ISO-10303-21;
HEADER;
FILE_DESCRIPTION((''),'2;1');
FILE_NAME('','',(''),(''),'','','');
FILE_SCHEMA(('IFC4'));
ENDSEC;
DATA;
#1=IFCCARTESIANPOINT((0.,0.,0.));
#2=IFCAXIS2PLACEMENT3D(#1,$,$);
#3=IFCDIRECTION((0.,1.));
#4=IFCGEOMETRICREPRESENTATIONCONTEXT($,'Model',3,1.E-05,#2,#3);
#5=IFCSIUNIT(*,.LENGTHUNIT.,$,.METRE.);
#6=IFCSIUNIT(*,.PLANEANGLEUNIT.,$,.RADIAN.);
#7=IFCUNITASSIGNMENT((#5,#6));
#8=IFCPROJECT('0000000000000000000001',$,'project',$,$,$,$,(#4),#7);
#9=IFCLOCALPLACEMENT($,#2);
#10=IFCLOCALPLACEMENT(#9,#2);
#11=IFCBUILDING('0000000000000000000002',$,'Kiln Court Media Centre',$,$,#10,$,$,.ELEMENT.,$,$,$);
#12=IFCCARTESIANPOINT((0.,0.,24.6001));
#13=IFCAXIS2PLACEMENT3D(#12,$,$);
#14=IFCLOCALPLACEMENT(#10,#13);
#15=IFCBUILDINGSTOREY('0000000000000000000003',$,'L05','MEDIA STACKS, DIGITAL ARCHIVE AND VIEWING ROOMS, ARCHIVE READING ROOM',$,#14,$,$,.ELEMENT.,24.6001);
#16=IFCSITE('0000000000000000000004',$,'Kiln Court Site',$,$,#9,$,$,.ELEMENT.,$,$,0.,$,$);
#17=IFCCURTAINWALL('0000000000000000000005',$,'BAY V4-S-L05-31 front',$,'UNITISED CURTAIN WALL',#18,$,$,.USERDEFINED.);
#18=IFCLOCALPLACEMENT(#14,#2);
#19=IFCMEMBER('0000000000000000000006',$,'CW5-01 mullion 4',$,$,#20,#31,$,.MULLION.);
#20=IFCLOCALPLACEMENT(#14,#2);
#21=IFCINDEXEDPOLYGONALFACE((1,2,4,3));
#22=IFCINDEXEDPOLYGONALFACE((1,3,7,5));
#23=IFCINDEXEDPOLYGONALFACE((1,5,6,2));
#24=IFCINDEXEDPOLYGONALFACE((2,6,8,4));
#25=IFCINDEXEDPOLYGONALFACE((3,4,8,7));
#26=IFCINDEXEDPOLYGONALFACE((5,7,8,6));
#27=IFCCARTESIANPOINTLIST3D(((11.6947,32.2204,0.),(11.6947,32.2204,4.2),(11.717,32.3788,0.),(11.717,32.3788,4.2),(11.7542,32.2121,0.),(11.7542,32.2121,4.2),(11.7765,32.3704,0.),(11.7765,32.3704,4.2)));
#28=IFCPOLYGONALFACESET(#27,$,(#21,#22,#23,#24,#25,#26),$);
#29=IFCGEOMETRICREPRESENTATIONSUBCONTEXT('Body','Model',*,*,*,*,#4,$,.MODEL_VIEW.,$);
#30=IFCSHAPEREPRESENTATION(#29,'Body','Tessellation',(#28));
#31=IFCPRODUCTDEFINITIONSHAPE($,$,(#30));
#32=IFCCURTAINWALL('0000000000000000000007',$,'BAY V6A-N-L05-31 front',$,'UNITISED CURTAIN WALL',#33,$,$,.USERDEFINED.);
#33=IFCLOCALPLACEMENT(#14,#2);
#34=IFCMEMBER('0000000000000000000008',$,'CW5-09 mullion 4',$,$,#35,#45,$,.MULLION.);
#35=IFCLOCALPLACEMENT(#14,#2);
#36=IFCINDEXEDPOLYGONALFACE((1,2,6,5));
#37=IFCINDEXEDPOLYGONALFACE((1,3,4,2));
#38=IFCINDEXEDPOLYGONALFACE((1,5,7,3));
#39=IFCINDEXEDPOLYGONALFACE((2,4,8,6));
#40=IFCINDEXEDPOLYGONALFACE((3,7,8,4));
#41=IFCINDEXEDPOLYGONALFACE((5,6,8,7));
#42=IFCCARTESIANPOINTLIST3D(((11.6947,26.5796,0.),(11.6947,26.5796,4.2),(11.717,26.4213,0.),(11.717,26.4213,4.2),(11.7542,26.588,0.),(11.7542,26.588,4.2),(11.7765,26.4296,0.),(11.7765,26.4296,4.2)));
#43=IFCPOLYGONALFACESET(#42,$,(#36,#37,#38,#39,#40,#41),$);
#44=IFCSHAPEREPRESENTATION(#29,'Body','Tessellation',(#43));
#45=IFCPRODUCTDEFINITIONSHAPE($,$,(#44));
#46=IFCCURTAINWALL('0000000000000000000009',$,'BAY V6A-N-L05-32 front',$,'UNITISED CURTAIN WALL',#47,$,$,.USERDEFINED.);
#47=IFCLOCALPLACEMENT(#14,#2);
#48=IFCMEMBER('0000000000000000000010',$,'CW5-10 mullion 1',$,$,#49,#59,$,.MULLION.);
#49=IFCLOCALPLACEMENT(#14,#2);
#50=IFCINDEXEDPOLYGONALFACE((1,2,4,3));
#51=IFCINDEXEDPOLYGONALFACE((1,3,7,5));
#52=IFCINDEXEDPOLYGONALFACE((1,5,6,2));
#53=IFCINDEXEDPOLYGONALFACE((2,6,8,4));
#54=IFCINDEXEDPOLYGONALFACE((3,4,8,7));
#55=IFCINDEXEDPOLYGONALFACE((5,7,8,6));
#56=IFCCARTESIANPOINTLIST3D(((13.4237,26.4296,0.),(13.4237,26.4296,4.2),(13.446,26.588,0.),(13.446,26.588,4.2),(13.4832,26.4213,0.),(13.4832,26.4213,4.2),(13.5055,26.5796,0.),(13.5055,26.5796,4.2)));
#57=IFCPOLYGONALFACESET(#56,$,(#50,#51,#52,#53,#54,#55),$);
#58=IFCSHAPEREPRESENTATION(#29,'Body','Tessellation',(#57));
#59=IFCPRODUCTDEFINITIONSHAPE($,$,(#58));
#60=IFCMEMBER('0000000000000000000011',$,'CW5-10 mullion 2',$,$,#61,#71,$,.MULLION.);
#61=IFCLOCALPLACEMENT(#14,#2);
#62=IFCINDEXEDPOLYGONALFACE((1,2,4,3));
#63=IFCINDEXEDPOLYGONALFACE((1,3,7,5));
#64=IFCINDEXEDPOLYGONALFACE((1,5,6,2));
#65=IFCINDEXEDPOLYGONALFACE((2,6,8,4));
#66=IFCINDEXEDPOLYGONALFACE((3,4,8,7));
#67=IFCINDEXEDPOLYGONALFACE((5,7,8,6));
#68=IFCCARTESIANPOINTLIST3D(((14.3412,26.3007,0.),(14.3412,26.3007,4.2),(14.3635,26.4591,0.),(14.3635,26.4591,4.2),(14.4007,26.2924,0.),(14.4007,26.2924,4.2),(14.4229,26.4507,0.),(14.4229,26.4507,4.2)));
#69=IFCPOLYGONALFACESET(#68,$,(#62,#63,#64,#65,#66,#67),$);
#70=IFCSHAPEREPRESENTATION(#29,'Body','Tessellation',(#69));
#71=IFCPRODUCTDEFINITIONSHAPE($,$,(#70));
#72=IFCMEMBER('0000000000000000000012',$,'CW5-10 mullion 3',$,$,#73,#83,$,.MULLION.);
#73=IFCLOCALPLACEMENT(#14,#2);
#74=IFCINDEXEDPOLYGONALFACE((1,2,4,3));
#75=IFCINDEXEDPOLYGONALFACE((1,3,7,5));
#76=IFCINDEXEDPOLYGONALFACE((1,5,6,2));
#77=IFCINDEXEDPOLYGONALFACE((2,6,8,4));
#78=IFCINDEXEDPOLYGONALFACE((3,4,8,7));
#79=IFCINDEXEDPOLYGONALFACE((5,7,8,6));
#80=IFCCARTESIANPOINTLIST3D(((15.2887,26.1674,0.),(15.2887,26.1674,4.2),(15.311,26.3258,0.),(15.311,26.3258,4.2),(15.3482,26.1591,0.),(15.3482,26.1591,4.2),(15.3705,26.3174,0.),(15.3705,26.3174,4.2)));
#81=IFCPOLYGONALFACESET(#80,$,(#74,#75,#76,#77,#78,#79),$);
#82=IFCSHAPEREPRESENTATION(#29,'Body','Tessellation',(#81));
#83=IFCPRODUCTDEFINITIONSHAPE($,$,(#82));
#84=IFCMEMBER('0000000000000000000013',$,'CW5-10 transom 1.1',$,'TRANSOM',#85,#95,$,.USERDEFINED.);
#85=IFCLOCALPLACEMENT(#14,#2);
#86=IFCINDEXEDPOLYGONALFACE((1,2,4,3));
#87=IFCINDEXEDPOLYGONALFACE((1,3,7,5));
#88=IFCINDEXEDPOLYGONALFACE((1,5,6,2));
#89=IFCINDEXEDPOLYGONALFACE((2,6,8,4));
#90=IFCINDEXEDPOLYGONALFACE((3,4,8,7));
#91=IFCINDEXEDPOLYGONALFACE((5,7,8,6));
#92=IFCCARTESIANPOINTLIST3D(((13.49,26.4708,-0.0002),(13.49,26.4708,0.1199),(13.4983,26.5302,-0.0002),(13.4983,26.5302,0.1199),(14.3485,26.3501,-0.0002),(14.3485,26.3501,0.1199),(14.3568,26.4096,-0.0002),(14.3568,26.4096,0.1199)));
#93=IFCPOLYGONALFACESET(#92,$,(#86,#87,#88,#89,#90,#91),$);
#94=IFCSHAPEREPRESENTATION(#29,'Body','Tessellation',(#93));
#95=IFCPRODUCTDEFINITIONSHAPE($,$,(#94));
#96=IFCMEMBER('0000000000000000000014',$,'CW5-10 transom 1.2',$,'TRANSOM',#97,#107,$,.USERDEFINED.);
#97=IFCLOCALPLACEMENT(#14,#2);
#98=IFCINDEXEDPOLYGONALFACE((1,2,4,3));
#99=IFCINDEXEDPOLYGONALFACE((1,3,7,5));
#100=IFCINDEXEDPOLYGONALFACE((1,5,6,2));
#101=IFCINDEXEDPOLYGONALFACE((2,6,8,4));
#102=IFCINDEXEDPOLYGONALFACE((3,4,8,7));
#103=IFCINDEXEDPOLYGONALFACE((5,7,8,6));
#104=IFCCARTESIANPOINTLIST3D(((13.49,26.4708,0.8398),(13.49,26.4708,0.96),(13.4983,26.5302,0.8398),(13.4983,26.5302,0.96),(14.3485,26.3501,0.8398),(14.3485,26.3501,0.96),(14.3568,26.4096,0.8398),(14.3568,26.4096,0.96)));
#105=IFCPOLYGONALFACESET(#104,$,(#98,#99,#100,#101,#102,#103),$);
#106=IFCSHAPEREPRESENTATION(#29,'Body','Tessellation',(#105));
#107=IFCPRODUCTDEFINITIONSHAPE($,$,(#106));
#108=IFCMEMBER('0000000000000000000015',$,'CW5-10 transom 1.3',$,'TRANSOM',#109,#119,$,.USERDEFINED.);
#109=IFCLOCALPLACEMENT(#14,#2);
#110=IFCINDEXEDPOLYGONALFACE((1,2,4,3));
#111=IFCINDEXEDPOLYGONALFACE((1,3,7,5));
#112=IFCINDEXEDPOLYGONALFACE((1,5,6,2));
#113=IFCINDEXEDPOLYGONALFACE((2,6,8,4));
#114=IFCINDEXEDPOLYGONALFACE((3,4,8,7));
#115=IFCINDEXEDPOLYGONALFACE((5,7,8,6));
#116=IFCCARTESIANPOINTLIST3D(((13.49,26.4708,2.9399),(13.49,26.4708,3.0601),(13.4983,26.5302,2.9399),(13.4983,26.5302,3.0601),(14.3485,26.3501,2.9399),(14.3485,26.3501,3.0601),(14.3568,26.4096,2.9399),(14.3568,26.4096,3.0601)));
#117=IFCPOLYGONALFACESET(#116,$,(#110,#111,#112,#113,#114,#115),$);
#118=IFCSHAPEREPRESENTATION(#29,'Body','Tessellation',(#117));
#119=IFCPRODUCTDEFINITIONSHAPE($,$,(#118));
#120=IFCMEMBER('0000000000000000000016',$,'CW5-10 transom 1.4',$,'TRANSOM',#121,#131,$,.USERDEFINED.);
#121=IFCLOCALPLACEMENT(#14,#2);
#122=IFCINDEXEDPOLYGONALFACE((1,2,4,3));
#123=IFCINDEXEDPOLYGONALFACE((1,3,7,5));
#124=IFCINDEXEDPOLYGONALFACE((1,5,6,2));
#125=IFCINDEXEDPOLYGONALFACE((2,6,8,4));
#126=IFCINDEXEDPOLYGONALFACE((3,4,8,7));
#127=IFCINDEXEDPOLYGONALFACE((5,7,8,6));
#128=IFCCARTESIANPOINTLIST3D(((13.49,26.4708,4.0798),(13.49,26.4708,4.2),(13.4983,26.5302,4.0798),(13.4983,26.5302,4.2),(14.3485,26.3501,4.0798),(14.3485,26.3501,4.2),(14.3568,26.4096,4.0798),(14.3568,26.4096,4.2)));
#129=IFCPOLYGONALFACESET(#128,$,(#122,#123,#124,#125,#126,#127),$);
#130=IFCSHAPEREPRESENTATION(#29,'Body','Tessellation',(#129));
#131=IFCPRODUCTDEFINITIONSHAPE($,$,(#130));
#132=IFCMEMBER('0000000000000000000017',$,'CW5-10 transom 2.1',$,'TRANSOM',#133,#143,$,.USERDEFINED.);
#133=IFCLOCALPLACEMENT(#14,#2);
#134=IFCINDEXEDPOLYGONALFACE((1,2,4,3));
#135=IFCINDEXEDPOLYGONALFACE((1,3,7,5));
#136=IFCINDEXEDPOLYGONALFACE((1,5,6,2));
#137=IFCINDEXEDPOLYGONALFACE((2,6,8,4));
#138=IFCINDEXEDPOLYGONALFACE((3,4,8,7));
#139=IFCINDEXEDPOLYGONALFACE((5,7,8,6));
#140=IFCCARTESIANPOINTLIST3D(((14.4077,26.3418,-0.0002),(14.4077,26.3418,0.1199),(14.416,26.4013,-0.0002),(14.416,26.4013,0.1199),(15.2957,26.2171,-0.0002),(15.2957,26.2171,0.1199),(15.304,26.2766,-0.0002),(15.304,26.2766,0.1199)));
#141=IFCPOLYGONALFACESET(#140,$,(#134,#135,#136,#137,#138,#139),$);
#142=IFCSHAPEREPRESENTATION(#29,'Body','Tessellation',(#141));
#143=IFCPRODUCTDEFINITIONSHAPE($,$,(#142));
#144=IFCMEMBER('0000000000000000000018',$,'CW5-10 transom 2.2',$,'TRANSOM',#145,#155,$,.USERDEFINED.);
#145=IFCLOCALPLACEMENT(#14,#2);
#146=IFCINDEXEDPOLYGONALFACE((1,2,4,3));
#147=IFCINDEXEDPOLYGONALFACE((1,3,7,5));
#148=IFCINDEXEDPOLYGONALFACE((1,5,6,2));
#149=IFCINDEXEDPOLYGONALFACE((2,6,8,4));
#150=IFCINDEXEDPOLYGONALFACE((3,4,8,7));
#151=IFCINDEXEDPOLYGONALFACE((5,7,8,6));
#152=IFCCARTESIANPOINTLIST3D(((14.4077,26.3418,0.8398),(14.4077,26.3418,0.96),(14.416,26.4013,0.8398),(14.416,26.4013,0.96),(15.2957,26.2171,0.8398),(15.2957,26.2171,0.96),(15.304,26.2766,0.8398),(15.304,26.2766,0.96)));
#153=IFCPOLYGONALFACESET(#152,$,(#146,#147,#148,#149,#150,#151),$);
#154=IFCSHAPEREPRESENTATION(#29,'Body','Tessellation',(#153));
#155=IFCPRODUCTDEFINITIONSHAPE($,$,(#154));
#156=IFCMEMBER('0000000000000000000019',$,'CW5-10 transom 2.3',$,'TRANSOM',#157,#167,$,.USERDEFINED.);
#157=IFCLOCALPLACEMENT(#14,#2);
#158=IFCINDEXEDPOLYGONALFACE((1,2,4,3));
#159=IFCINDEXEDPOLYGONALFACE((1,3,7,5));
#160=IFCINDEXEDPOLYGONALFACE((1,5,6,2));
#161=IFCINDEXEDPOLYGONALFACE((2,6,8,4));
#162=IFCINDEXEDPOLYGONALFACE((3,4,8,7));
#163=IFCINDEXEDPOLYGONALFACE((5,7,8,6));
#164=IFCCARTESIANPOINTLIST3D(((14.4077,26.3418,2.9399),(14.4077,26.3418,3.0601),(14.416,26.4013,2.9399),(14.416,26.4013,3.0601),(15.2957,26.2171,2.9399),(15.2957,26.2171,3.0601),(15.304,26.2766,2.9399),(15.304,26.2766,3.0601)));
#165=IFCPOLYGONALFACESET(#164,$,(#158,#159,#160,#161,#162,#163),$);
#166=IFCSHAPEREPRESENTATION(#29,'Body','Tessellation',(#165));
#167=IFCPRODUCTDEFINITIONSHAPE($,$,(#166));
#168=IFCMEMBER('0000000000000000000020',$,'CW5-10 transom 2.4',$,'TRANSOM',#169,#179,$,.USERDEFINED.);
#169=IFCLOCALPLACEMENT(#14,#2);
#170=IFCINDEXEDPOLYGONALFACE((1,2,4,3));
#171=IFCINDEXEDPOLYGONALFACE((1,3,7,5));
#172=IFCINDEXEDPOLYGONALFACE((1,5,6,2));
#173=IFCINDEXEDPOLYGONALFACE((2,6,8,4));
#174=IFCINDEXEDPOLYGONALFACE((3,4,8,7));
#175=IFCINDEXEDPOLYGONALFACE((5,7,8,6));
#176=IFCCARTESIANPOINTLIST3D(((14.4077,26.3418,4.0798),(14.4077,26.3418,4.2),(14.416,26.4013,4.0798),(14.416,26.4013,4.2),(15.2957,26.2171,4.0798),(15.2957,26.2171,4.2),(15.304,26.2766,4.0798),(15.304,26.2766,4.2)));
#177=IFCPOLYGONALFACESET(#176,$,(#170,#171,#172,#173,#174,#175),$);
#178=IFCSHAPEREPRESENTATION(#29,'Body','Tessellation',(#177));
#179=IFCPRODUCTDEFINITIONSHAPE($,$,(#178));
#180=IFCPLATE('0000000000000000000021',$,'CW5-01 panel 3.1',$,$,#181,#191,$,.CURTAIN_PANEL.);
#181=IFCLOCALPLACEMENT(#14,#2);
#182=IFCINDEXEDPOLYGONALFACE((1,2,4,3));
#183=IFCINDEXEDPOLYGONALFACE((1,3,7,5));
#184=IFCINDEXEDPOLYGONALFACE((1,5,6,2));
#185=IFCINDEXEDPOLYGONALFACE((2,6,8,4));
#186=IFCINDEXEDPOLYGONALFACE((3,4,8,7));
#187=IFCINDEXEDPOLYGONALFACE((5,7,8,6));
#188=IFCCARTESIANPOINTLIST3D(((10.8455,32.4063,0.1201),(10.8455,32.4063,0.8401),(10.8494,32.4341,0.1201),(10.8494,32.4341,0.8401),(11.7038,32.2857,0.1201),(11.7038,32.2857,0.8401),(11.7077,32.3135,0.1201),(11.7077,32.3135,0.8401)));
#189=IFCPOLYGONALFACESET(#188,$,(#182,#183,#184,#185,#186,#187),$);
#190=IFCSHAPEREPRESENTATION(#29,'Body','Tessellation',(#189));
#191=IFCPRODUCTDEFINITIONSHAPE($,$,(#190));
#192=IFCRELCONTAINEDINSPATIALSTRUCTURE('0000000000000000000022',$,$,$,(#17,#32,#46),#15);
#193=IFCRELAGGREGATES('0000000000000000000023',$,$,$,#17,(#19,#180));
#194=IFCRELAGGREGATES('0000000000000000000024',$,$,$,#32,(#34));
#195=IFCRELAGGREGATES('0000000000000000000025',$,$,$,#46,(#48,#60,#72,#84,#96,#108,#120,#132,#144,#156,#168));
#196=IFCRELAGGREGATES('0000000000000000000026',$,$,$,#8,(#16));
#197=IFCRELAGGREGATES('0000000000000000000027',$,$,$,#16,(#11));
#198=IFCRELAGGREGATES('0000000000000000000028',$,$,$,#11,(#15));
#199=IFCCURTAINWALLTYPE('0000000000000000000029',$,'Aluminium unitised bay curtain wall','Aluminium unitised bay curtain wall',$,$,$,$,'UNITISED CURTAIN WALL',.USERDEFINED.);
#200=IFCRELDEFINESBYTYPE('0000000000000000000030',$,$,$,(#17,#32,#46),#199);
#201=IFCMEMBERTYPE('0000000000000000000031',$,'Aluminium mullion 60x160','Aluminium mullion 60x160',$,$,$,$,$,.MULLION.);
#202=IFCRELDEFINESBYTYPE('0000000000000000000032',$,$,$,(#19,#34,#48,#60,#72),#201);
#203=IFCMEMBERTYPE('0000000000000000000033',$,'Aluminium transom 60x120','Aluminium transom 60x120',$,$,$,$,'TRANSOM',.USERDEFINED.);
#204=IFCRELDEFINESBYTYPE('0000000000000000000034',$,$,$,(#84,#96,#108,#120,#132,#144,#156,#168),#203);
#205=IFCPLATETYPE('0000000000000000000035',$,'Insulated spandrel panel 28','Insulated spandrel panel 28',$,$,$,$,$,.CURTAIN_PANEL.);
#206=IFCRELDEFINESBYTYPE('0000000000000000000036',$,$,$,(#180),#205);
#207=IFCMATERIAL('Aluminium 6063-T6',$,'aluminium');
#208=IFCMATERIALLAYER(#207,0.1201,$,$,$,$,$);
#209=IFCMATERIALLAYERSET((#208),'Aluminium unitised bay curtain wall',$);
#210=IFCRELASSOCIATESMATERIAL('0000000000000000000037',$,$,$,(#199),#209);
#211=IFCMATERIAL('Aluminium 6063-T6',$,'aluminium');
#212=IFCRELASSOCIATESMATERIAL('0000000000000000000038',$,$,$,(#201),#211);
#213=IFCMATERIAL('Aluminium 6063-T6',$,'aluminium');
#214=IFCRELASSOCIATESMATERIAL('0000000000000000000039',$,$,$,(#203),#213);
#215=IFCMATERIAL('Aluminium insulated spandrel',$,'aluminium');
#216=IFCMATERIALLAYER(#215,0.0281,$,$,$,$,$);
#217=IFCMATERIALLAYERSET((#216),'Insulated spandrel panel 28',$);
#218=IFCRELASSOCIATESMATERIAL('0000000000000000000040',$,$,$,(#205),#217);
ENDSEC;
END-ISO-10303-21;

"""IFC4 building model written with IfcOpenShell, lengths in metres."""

from ifc_helpers import new_model, si_unit, direction, frame, origin, origin_2d, place, context, subcontext, project, spatial, rectangle, extrude, material, layer, layer_set, material_profile, profile_set, type_object, element, aggregate, save


model = new_model("IFC4")

# Units and contexts
model_context = context("Model", 3, precision=1e-05, world=origin(), true_north=direction((0.0, 1.0)))
body_context = subcontext(model_context, "Body", "Model", "MODEL_VIEW")
ifc_project = project(units=[si_unit("LENGTHUNIT", "METRE"), si_unit("PLANEANGLEUNIT", "RADIAN")], contexts=[model_context])

# Site, building, storey
site_placement = place(None, origin())
site = spatial("IfcSite", under=ifc_project, at=site_placement, Name="Kiln Court Site", CompositionType="ELEMENT", RefElevation=0.0)
building_placement = place(site_placement, origin())
building = spatial("IfcBuilding", under=site, at=building_placement, Name="Kiln Court Media Centre", CompositionType="ELEMENT")
storey_placement = place(building_placement, frame((0.0, 0.0, 24.6001)))
storey = spatial("IfcBuildingStorey", under=building, at=storey_placement, Name="L05", Description="MEDIA STACKS, DIGITAL ARCHIVE AND VIEWING ROOMS, ARCHIVE READING ROOM", CompositionType="ELEMENT", Elevation=24.6001)

# Curtain walls, members
ifc_material_1 = material(Name="Aluminium 6063-T6", Category="aluminium")
ifc_layer_1 = layer(ifc_material_1, 0.1201)
ifc_layer_set_1 = layer_set([ifc_layer_1], Name="Aluminium unitised bay curtain wall")
curtain_wall_type = type_object("IfcCurtainWallType", Name="Aluminium unitised bay curtain wall", Description="Aluminium unitised bay curtain wall", ElementType="UNITISED CURTAIN WALL", PredefinedType="USERDEFINED", material=ifc_layer_set_1)
curtain_wall_1_placement = place(storey_placement, origin())
curtain_wall_1 = element("IfcCurtainWall", 1, at=curtain_wall_1_placement, inside=storey, type_object=curtain_wall_type, Name="BAY V4-S-L05-31 front", ObjectType="UNITISED CURTAIN WALL", PredefinedType="USERDEFINED")
ifc_material_2 = material(Name="Aluminium 6063-T6", Category="aluminium")
ifc_material_profile_1 = material_profile(ifc_material_2, rectangle(XDim=0.0601, YDim=0.1599, at=origin_2d()), Name="Aluminium mullion 60x160")
ifc_profile_set_1 = profile_set([ifc_material_profile_1], Name="Aluminium 6063-T6")
member_type_1 = type_object("IfcMemberType", Name="Aluminium mullion 60x160", Description="Aluminium mullion 60x160", PredefinedType="MULLION", material=ifc_profile_set_1)
member_1_placement = place(storey_placement, frame((11.7356, 32.2954, 0.0), z_axis=(0.0, 0.0, 1.0), x_axis=(0.99027, -0.139162, 0.0)))
member_1 = element("IfcMember", 2, at=member_1_placement, type_object=member_type_1, Name="CW5-01 mullion 4", PredefinedType="MULLION", context=body_context, shape_type="SweptSolid", body=[
    extrude(rectangle(XDim=0.0601, YDim=0.1599, at=origin_2d()), origin(), (0.0, 0.0, 1.0), 4.2),
])
curtain_wall_2_placement = place(storey_placement, origin())
curtain_wall_2 = element("IfcCurtainWall", 3, at=curtain_wall_2_placement, inside=storey, type_object=curtain_wall_type, Name="BAY V6A-N-L05-31 front", ObjectType="UNITISED CURTAIN WALL", PredefinedType="USERDEFINED")
member_2_placement = place(storey_placement, frame((11.7356, 26.5046, 0.0), z_axis=(0.0, 0.0, 1.0), x_axis=(0.99027, 0.139162, 0.0)))
member_2 = element("IfcMember", 4, at=member_2_placement, type_object=member_type_1, Name="CW5-09 mullion 4", PredefinedType="MULLION", context=body_context, shape_type="SweptSolid", body=[
    extrude(rectangle(XDim=0.0601, YDim=0.1599, at=origin_2d()), origin(), (0.0, 0.0, 1.0), 4.2),
])

# Curtain wall, members
curtain_wall_3_placement = place(storey_placement, origin())
curtain_wall_3 = element("IfcCurtainWall", 5, at=curtain_wall_3_placement, inside=storey, type_object=curtain_wall_type, Name="BAY V6A-N-L05-32 front", ObjectType="UNITISED CURTAIN WALL", PredefinedType="USERDEFINED")
member_3_placement = place(storey_placement, frame((13.4646, 26.5046, 0.0), z_axis=(0.0, 0.0, 1.0), x_axis=(0.99027, -0.139162, 0.0)))
member_3 = element("IfcMember", 6, at=member_3_placement, type_object=member_type_1, Name="CW5-10 mullion 1", PredefinedType="MULLION", context=body_context, shape_type="SweptSolid", body=[
    extrude(rectangle(XDim=0.0601, YDim=0.1599, at=origin_2d()), origin(), (0.0, 0.0, 1.0), 4.2),
])
member_4_placement = place(storey_placement, frame((14.3821, 26.3757, 0.0), z_axis=(0.0, 0.0, 1.0), x_axis=(0.99027, -0.139162, 0.0)))
member_4 = element("IfcMember", 7, at=member_4_placement, type_object=member_type_1, Name="CW5-10 mullion 2", PredefinedType="MULLION", context=body_context, shape_type="SweptSolid", body=[
    extrude(rectangle(XDim=0.0601, YDim=0.1599, at=origin_2d()), origin(), (0.0, 0.0, 1.0), 4.2),
])
member_5_placement = place(storey_placement, frame((15.3296, 26.2424, 0.0), z_axis=(0.0, 0.0, 1.0), x_axis=(0.99027, -0.139162, 0.0)))
member_5 = element("IfcMember", 8, at=member_5_placement, type_object=member_type_1, Name="CW5-10 mullion 3", PredefinedType="MULLION", context=body_context, shape_type="SweptSolid", body=[
    extrude(rectangle(XDim=0.0601, YDim=0.1599, at=origin_2d()), origin(), (0.0, 0.0, 1.0), 4.2),
])
ifc_material_3 = material(Name="Aluminium 6063-T6", Category="aluminium")
ifc_material_profile_2 = material_profile(ifc_material_3, rectangle(XDim=0.0601, YDim=0.1201, at=origin_2d()), Name="Aluminium transom 60x120")
ifc_profile_set_2 = profile_set([ifc_material_profile_2], Name="Aluminium 6063-T6")
member_type_2 = type_object("IfcMemberType", Name="Aluminium transom 60x120", Description="Aluminium transom 60x120", ElementType="TRANSOM", PredefinedType="USERDEFINED", material=ifc_profile_set_2)
member_6_placement = place(storey_placement, frame((13.4941, 26.5005, 0.0598), z_axis=(0.990274, -0.139134, 0.0), x_axis=(0.139134, 0.990274, 0.0)))
member_6 = element("IfcMember", 9, at=member_6_placement, type_object=member_type_2, Name="CW5-10 transom 1.1", ObjectType="TRANSOM", PredefinedType="USERDEFINED", context=body_context, shape_type="SweptSolid", body=[
    extrude(rectangle(XDim=0.0601, YDim=0.1201, at=origin_2d()), origin(), (0.0, 0.0, 1.0), 0.8669),
])
member_7_placement = place(storey_placement, frame((13.4941, 26.5005, 0.8999), z_axis=(0.990274, -0.139134, 0.0), x_axis=(0.139134, 0.990274, 0.0)))
member_7 = element("IfcMember", 10, at=member_7_placement, type_object=member_type_2, Name="CW5-10 transom 1.2", ObjectType="TRANSOM", PredefinedType="USERDEFINED", context=body_context, shape_type="SweptSolid", body=[
    extrude(rectangle(XDim=0.0601, YDim=0.1201, at=origin_2d()), origin(), (0.0, 0.0, 1.0), 0.8669),
])
member_8_placement = place(storey_placement, frame((13.4941, 26.5005, 3.0), z_axis=(0.990274, -0.139134, 0.0), x_axis=(0.139134, 0.990274, 0.0)))
member_8 = element("IfcMember", 11, at=member_8_placement, type_object=member_type_2, Name="CW5-10 transom 1.3", ObjectType="TRANSOM", PredefinedType="USERDEFINED", context=body_context, shape_type="SweptSolid", body=[
    extrude(rectangle(XDim=0.0601, YDim=0.1201, at=origin_2d()), origin(), (0.0, 0.0, 1.0), 0.8669),
])
member_9_placement = place(storey_placement, frame((13.4941, 26.5005, 4.1399), z_axis=(0.990274, -0.139134, 0.0), x_axis=(0.139134, 0.990274, 0.0)))
member_9 = element("IfcMember", 12, at=member_9_placement, type_object=member_type_2, Name="CW5-10 transom 1.4", ObjectType="TRANSOM", PredefinedType="USERDEFINED", context=body_context, shape_type="SweptSolid", body=[
    extrude(rectangle(XDim=0.0601, YDim=0.1201, at=origin_2d()), origin(), (0.0, 0.0, 1.0), 0.8669),
])
member_10_placement = place(storey_placement, frame((14.4119, 26.3716, 0.0598), z_axis=(0.990274, -0.139134, 0.0), x_axis=(0.139134, 0.990274, 0.0)))
member_10 = element("IfcMember", 13, at=member_10_placement, type_object=member_type_2, Name="CW5-10 transom 2.1", ObjectType="TRANSOM", PredefinedType="USERDEFINED", context=body_context, shape_type="SweptSolid", body=[
    extrude(rectangle(XDim=0.0601, YDim=0.1201, at=origin_2d()), origin(), (0.0, 0.0, 1.0), 0.8967),
])
member_11_placement = place(storey_placement, frame((14.4119, 26.3716, 0.8999), z_axis=(0.990274, -0.139134, 0.0), x_axis=(0.139134, 0.990274, 0.0)))
member_11 = element("IfcMember", 14, at=member_11_placement, type_object=member_type_2, Name="CW5-10 transom 2.2", ObjectType="TRANSOM", PredefinedType="USERDEFINED", context=body_context, shape_type="SweptSolid", body=[
    extrude(rectangle(XDim=0.0601, YDim=0.1201, at=origin_2d()), origin(), (0.0, 0.0, 1.0), 0.8967),
])
member_12_placement = place(storey_placement, frame((14.4119, 26.3716, 3.0), z_axis=(0.990274, -0.139134, 0.0), x_axis=(0.139134, 0.990274, 0.0)))
member_12 = element("IfcMember", 15, at=member_12_placement, type_object=member_type_2, Name="CW5-10 transom 2.3", ObjectType="TRANSOM", PredefinedType="USERDEFINED", context=body_context, shape_type="SweptSolid", body=[
    extrude(rectangle(XDim=0.0601, YDim=0.1201, at=origin_2d()), origin(), (0.0, 0.0, 1.0), 0.8967),
])
member_13_placement = place(storey_placement, frame((14.4119, 26.3716, 4.1399), z_axis=(0.990274, -0.139134, 0.0), x_axis=(0.139134, 0.990274, 0.0)))
member_13 = element("IfcMember", 16, at=member_13_placement, type_object=member_type_2, Name="CW5-10 transom 2.4", ObjectType="TRANSOM", PredefinedType="USERDEFINED", context=body_context, shape_type="SweptSolid", body=[
    extrude(rectangle(XDim=0.0601, YDim=0.1201, at=origin_2d()), origin(), (0.0, 0.0, 1.0), 0.8967),
])

# Plate
ifc_material_4 = material(Name="Aluminium insulated spandrel", Category="aluminium")
ifc_layer_2 = layer(ifc_material_4, 0.0281)
ifc_layer_set_2 = layer_set([ifc_layer_2], Name="Insulated spandrel panel 28")
plate_type_1 = type_object("IfcPlateType", Name="Insulated spandrel panel 28", Description="Insulated spandrel panel 28", PredefinedType="CURTAIN_PANEL", material=ifc_layer_set_2)
plate_1_placement = place(storey_placement, frame((11.2766, 32.3599, 0.1201), z_axis=(0.0, 0.0, 1.0), x_axis=(0.99027, -0.139162, 0.0)))
plate_1 = element("IfcPlate", 17, at=plate_1_placement, type_object=plate_type_1, Name="CW5-01 panel 3.1", PredefinedType="CURTAIN_PANEL", context=body_context, shape_type="SweptSolid", body=[
    extrude(rectangle(XDim=0.8667, YDim=0.0281, at=origin_2d()), origin(), (0.0, 0.0, 1.0), 0.72),
])
aggregate(curtain_wall_1, [member_1, plate_1])
aggregate(curtain_wall_2, [member_2])
aggregate(curtain_wall_3, [member_3, member_4, member_5, member_6, member_7, member_8, member_9, member_10, member_11, member_12, member_13])

save(model, "model.ifc")
